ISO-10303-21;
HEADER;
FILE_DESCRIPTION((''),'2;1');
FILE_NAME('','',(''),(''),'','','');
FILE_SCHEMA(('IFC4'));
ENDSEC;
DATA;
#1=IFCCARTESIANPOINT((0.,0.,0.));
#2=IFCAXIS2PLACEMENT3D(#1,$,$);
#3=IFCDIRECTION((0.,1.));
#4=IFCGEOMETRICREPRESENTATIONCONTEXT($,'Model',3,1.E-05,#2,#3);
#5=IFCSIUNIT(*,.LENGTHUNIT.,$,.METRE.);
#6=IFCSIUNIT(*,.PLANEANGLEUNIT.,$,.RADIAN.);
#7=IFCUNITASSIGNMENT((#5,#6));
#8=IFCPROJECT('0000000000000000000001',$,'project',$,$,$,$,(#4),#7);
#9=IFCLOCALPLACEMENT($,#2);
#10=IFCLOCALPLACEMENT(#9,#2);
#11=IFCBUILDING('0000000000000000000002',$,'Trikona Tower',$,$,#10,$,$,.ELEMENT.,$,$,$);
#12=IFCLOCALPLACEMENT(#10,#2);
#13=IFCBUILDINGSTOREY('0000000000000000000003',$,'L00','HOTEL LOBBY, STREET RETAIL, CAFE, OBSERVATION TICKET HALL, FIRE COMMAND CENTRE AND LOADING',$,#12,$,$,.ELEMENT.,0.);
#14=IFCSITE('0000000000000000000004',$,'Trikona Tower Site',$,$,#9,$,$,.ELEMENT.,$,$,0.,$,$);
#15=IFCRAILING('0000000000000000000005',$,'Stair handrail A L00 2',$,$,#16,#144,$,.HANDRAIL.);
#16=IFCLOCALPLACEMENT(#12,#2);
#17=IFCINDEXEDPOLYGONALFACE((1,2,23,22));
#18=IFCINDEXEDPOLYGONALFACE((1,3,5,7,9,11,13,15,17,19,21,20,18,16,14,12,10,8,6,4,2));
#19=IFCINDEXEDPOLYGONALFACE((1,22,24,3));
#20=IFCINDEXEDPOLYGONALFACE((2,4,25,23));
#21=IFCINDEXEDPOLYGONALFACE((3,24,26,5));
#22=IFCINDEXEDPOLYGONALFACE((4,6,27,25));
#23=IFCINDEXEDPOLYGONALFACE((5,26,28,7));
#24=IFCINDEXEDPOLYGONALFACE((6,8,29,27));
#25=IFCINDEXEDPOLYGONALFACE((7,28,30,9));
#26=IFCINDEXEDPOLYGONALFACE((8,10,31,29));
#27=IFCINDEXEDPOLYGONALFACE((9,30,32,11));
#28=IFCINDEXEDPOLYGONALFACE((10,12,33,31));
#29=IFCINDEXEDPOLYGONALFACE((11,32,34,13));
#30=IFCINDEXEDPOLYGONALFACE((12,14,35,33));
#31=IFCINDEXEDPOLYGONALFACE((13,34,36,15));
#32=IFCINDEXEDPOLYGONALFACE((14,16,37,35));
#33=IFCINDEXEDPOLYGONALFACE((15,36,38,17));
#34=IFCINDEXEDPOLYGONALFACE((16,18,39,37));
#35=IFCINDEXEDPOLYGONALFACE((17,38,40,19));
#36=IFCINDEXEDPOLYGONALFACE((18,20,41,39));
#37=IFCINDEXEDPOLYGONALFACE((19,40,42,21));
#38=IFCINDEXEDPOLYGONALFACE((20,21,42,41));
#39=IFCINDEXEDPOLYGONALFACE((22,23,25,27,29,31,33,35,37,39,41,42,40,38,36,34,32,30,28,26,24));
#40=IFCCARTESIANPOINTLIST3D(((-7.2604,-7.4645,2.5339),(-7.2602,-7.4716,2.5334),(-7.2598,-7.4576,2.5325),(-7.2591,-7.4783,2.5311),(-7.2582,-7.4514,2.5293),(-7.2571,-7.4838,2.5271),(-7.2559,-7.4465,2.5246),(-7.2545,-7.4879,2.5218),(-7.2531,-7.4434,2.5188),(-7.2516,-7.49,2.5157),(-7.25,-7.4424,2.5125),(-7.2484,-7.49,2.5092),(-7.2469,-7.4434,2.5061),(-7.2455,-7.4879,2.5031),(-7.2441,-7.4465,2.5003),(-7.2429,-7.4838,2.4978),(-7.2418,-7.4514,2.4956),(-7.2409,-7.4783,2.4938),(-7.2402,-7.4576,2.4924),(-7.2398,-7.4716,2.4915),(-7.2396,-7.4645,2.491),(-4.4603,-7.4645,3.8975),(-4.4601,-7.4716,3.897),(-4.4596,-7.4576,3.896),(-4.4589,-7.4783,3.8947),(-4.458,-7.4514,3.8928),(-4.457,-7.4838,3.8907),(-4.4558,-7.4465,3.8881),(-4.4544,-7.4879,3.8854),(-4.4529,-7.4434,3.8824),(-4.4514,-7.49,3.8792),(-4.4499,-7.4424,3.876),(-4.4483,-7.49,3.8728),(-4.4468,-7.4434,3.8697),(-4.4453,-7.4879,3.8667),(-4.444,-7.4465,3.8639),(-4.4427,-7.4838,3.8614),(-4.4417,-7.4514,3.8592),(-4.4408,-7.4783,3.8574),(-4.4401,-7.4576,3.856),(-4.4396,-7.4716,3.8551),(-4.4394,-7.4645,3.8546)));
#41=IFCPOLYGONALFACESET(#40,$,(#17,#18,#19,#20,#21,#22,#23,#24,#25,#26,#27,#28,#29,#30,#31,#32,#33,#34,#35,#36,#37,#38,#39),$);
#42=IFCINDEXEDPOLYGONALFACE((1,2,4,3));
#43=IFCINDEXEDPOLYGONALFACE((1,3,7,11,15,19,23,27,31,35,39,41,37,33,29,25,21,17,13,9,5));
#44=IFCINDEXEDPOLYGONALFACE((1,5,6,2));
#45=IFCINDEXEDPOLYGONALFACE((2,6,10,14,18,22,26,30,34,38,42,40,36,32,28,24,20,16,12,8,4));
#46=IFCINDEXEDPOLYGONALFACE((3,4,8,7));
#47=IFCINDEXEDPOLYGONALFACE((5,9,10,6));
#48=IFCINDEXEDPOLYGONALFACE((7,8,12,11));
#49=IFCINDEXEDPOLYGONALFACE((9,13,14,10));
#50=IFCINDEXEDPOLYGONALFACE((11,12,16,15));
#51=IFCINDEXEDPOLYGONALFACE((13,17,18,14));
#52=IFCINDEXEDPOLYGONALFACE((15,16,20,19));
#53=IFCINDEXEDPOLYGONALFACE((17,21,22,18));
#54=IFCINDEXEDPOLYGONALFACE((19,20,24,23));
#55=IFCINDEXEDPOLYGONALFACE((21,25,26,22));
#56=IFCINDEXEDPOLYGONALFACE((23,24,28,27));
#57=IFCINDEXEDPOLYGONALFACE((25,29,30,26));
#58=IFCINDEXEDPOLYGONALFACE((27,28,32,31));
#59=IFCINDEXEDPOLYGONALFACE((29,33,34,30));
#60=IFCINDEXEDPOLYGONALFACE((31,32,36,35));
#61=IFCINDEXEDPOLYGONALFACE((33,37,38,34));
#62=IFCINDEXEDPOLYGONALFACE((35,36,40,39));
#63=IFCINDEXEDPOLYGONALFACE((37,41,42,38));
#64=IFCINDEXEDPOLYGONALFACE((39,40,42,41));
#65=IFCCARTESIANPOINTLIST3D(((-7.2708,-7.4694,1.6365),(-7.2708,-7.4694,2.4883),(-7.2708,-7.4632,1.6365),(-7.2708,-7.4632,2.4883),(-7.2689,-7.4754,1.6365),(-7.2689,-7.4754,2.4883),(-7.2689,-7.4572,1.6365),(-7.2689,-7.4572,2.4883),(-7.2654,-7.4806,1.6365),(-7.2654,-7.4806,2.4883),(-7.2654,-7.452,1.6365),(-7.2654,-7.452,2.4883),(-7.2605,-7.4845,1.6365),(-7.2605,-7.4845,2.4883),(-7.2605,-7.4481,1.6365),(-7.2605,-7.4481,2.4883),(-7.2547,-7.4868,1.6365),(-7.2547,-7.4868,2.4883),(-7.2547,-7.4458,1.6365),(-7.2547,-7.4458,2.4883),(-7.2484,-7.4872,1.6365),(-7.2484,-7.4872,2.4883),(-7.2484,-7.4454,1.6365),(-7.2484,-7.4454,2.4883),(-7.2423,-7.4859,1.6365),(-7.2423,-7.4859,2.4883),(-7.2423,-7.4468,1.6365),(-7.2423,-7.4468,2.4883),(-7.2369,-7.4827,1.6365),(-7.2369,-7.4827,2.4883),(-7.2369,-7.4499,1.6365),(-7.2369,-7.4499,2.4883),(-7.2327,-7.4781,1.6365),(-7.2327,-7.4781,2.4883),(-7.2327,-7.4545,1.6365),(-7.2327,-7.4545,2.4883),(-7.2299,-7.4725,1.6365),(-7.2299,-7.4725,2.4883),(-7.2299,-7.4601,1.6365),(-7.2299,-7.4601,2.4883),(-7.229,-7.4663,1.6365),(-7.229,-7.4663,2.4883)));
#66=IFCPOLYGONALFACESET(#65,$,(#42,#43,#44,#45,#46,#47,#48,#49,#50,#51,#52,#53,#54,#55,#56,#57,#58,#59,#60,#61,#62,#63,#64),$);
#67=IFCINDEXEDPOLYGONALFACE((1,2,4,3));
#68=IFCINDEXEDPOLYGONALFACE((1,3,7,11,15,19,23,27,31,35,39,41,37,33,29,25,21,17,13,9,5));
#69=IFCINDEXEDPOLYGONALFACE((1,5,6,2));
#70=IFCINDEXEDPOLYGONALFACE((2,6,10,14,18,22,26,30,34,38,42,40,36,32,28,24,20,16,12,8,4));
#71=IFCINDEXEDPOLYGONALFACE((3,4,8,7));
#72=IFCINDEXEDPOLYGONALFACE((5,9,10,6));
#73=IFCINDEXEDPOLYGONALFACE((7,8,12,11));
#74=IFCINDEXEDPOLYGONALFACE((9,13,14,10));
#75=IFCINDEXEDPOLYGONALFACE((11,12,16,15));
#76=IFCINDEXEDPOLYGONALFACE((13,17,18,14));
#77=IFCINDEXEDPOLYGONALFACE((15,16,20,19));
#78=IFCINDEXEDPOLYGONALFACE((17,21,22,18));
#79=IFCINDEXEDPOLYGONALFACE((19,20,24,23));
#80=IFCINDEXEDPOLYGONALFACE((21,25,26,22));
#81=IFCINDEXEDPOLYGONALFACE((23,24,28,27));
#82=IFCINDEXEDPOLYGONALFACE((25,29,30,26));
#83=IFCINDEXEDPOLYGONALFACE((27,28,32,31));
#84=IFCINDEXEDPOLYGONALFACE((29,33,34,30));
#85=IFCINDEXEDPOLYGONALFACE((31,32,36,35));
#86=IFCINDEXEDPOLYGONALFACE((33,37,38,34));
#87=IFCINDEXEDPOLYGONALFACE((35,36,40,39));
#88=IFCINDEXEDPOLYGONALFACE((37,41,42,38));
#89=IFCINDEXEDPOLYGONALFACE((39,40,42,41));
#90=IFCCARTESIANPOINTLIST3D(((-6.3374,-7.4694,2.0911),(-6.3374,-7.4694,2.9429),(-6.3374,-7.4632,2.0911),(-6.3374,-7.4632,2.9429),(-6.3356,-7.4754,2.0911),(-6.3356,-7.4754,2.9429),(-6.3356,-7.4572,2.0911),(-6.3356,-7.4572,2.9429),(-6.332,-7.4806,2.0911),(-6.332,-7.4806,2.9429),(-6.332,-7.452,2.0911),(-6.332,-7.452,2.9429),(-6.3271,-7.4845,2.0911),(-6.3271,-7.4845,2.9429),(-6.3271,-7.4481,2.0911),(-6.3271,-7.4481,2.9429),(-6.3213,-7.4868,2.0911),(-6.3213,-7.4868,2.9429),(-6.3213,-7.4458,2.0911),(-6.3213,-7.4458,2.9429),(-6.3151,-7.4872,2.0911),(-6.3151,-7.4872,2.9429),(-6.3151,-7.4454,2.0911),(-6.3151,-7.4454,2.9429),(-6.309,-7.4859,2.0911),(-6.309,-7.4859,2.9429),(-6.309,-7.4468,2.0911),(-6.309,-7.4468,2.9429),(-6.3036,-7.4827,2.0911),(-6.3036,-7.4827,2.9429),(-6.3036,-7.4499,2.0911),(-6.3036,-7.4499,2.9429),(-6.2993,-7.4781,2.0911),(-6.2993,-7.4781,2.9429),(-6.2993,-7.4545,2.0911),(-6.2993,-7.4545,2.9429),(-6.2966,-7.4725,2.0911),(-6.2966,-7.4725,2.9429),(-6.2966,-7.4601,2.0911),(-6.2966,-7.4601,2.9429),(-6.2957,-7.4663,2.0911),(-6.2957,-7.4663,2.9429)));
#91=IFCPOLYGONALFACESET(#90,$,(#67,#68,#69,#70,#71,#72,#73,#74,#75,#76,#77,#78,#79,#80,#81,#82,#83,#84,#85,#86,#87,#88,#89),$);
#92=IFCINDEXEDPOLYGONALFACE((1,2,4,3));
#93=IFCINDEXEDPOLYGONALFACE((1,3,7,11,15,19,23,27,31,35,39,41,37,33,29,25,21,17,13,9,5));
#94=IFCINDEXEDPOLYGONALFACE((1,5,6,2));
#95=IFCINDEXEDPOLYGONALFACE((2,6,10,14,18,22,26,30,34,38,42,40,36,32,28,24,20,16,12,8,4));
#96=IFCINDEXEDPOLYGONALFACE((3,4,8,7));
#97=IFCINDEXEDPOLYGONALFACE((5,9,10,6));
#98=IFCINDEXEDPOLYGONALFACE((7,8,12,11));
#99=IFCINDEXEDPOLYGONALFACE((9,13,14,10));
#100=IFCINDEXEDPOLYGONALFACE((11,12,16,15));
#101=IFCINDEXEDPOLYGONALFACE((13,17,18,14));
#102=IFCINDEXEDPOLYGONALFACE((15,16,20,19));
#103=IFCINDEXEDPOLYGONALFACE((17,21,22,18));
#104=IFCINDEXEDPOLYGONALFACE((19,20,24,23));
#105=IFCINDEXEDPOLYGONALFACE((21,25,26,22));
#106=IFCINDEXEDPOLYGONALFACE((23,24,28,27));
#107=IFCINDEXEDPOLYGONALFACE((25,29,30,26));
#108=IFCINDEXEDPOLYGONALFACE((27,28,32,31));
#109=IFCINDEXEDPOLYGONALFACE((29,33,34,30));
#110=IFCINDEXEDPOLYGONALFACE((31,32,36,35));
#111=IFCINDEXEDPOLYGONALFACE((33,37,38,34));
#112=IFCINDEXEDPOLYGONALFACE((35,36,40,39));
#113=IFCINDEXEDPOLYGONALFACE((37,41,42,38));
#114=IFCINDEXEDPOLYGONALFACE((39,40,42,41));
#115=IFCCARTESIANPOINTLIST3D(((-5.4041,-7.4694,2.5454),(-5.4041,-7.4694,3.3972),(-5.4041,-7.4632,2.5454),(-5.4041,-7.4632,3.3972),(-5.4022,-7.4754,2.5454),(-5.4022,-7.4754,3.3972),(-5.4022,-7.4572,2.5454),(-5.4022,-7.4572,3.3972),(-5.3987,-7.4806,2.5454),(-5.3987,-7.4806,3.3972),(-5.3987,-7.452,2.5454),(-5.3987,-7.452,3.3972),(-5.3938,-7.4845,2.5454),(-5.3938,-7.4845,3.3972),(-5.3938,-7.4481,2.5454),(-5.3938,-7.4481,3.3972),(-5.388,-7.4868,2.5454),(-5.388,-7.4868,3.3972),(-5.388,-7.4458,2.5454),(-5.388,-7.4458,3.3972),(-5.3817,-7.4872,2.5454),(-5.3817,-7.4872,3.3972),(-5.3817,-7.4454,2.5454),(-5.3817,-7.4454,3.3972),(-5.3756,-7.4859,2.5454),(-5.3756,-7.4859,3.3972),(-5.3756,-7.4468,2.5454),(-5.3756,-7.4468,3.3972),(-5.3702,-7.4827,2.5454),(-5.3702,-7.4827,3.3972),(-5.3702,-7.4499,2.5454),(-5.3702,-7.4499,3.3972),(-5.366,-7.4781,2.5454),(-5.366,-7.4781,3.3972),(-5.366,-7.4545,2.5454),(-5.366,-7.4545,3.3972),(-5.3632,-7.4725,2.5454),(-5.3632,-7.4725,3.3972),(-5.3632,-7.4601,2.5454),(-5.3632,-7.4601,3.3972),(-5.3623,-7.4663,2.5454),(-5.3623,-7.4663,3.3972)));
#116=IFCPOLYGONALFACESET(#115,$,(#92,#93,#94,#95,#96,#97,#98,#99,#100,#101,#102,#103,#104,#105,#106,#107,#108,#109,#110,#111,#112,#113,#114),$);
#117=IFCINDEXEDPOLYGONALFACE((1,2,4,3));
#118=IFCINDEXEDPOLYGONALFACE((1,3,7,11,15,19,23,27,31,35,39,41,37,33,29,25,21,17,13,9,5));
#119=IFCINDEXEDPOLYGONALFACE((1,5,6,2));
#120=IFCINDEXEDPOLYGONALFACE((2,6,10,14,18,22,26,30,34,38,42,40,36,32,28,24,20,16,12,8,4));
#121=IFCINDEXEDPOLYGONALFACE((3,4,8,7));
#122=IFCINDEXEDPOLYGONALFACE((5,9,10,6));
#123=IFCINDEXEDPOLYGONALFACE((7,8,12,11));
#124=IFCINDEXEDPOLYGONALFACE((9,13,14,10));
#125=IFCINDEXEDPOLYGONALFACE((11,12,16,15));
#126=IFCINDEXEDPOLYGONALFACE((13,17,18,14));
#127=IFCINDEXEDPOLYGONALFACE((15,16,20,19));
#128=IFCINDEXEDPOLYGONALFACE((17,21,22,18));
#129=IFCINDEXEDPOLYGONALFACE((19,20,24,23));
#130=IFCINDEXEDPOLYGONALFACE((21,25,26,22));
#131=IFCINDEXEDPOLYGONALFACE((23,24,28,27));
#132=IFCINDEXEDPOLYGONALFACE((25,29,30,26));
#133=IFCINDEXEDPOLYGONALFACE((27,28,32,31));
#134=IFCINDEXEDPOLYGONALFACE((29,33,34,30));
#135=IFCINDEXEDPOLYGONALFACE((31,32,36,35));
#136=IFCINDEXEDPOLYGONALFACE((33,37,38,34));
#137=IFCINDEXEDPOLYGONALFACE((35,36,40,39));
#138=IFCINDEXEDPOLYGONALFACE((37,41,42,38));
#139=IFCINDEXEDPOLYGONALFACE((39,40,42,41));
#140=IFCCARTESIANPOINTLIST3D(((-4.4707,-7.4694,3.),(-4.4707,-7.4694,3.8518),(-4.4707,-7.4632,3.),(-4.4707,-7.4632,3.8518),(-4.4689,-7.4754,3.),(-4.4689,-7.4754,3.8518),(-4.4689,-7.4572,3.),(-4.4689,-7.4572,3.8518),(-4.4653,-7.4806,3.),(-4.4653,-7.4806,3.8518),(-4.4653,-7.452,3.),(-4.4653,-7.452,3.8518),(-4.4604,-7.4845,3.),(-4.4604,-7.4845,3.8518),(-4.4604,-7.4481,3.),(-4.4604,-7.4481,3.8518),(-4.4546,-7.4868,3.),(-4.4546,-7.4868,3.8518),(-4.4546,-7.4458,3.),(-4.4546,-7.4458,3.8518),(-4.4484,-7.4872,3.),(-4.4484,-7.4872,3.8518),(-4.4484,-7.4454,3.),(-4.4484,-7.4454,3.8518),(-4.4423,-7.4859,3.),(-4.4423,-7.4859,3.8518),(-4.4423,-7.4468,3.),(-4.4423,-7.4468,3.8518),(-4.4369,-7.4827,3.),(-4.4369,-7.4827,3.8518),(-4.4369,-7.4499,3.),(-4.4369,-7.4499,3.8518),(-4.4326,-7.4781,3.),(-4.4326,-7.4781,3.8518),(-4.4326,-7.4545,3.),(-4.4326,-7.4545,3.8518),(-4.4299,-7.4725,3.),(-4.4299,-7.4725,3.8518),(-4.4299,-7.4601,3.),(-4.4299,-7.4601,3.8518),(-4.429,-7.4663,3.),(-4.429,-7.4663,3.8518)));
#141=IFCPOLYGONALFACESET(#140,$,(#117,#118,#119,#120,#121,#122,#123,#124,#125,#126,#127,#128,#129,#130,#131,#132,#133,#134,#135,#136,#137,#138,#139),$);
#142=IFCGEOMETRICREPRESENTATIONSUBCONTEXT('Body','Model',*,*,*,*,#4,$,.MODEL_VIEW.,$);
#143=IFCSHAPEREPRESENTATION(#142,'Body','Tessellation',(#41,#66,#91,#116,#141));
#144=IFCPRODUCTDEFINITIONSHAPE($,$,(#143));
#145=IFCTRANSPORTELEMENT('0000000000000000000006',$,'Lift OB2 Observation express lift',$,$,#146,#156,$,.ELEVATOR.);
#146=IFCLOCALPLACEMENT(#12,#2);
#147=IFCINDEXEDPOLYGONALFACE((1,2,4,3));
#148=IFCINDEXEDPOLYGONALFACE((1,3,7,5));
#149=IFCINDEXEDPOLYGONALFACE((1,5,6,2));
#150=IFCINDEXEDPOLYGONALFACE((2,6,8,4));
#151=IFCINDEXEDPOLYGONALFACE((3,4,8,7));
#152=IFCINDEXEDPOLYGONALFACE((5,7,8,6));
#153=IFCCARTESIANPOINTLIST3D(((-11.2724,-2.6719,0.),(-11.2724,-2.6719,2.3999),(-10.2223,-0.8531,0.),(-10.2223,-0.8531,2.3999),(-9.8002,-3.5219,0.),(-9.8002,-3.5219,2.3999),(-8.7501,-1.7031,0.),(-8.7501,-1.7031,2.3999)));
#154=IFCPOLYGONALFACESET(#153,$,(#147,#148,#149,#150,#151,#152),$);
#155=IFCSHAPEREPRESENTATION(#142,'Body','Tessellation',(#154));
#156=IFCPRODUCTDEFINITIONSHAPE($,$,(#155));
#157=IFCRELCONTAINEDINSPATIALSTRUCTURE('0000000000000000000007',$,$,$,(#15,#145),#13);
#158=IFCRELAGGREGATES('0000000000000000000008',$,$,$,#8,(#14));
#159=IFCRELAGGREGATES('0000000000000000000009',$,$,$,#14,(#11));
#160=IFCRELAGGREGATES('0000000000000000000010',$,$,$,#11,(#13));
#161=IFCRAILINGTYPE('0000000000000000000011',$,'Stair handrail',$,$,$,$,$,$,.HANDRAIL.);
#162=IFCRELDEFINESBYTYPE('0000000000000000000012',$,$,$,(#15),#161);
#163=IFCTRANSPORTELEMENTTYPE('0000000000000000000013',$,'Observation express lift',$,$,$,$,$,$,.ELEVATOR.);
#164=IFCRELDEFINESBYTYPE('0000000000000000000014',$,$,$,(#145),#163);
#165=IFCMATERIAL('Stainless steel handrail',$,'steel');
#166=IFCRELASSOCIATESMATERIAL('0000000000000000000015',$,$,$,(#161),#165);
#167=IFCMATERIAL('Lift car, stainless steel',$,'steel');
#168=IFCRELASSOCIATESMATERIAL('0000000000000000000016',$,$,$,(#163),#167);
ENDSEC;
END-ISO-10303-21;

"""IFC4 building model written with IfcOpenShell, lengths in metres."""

from ifc_helpers import new_model, si_unit, direction, frame, origin, origin_2d, place, context, subcontext, project, spatial, rectangle, circle, extrude, material, type_object, element, save


model = new_model("IFC4")

# Units and contexts
model_context = context("Model", 3, precision=1e-05, world=origin(), true_north=direction((0.0, 1.0)))
body_context = subcontext(model_context, "Body", "Model", "MODEL_VIEW")
ifc_project = project(units=[si_unit("LENGTHUNIT", "METRE"), si_unit("PLANEANGLEUNIT", "RADIAN")], contexts=[model_context])

# Site, building, storey
site_placement = place(None, origin())
site = spatial("IfcSite", under=ifc_project, at=site_placement, Name="Trikona Tower Site", CompositionType="ELEMENT", RefElevation=0.0)
building_placement = place(site_placement, origin())
building = spatial("IfcBuilding", under=site, at=building_placement, Name="Trikona Tower", CompositionType="ELEMENT")
storey_placement = place(building_placement, origin())
storey = spatial("IfcBuildingStorey", under=building, at=storey_placement, Name="L00", Description="HOTEL LOBBY, STREET RETAIL, CAFE, OBSERVATION TICKET HALL, FIRE COMMAND CENTRE AND LOADING", CompositionType="ELEMENT", Elevation=0.0)

# Railing
ifc_material_1 = material(Name="Stainless steel handrail", Category="steel")
railing_type = type_object("IfcRailingType", Name="Stair handrail", PredefinedType="HANDRAIL", material=ifc_material_1)
railing_placement = place(storey_placement, frame((-7.25, -7.4663, 1.6365)))
element("IfcRailing", 1, at=railing_placement, inside=storey, type_object=railing_type, Name="Stair handrail A L00 2", PredefinedType="HANDRAIL", context=body_context, shape_type="SweptSolid", body=[
    extrude(circle(Radius=0.0239, at=origin_2d()), frame((0.0, 0.0, 0.876), z_axis=(0.899066, 0.0, 0.437813), x_axis=(0.0, 1.0, 0.0)), (0.0, 0.0, 1.0), 3.1145),
    extrude(circle(Radius=0.021, at=origin_2d()), origin(), (0.0, 0.0, 1.0), 0.8518),
    extrude(circle(Radius=0.021, at=origin_2d()), frame((0.9333, 0.0, 0.4546)), (0.0, 0.0, 1.0), 0.8518),
    extrude(circle(Radius=0.021, at=origin_2d()), frame((1.8667, 0.0, 0.9089)), (0.0, 0.0, 1.0), 0.8518),
    extrude(circle(Radius=0.021, at=origin_2d()), frame((2.8, 0.0, 1.3635)), (0.0, 0.0, 1.0), 0.8518),
])

# Transport element
ifc_material_2 = material(Name="Lift car, stainless steel", Category="steel")
transport_element_type = type_object("IfcTransportElementType", Name="Observation express lift", PredefinedType="ELEVATOR", material=ifc_material_2)
transport_element_placement = place(storey_placement, frame((-10.0112, -2.1875, 0.0), z_axis=(0.0, 0.0, 1.0), x_axis=(-0.5, -0.866025, 0.0)))
element("IfcTransportElement", 2, at=transport_element_placement, inside=storey, type_object=transport_element_type, Name="Lift OB2 Observation express lift", PredefinedType="ELEVATOR", context=body_context, shape_type="SweptSolid", body=[
    extrude(rectangle(XDim=2.1001, YDim=1.7, at=origin_2d()), origin(), (0.0, 0.0, 1.0), 2.3999),
])

save(model, "model.ifc")
